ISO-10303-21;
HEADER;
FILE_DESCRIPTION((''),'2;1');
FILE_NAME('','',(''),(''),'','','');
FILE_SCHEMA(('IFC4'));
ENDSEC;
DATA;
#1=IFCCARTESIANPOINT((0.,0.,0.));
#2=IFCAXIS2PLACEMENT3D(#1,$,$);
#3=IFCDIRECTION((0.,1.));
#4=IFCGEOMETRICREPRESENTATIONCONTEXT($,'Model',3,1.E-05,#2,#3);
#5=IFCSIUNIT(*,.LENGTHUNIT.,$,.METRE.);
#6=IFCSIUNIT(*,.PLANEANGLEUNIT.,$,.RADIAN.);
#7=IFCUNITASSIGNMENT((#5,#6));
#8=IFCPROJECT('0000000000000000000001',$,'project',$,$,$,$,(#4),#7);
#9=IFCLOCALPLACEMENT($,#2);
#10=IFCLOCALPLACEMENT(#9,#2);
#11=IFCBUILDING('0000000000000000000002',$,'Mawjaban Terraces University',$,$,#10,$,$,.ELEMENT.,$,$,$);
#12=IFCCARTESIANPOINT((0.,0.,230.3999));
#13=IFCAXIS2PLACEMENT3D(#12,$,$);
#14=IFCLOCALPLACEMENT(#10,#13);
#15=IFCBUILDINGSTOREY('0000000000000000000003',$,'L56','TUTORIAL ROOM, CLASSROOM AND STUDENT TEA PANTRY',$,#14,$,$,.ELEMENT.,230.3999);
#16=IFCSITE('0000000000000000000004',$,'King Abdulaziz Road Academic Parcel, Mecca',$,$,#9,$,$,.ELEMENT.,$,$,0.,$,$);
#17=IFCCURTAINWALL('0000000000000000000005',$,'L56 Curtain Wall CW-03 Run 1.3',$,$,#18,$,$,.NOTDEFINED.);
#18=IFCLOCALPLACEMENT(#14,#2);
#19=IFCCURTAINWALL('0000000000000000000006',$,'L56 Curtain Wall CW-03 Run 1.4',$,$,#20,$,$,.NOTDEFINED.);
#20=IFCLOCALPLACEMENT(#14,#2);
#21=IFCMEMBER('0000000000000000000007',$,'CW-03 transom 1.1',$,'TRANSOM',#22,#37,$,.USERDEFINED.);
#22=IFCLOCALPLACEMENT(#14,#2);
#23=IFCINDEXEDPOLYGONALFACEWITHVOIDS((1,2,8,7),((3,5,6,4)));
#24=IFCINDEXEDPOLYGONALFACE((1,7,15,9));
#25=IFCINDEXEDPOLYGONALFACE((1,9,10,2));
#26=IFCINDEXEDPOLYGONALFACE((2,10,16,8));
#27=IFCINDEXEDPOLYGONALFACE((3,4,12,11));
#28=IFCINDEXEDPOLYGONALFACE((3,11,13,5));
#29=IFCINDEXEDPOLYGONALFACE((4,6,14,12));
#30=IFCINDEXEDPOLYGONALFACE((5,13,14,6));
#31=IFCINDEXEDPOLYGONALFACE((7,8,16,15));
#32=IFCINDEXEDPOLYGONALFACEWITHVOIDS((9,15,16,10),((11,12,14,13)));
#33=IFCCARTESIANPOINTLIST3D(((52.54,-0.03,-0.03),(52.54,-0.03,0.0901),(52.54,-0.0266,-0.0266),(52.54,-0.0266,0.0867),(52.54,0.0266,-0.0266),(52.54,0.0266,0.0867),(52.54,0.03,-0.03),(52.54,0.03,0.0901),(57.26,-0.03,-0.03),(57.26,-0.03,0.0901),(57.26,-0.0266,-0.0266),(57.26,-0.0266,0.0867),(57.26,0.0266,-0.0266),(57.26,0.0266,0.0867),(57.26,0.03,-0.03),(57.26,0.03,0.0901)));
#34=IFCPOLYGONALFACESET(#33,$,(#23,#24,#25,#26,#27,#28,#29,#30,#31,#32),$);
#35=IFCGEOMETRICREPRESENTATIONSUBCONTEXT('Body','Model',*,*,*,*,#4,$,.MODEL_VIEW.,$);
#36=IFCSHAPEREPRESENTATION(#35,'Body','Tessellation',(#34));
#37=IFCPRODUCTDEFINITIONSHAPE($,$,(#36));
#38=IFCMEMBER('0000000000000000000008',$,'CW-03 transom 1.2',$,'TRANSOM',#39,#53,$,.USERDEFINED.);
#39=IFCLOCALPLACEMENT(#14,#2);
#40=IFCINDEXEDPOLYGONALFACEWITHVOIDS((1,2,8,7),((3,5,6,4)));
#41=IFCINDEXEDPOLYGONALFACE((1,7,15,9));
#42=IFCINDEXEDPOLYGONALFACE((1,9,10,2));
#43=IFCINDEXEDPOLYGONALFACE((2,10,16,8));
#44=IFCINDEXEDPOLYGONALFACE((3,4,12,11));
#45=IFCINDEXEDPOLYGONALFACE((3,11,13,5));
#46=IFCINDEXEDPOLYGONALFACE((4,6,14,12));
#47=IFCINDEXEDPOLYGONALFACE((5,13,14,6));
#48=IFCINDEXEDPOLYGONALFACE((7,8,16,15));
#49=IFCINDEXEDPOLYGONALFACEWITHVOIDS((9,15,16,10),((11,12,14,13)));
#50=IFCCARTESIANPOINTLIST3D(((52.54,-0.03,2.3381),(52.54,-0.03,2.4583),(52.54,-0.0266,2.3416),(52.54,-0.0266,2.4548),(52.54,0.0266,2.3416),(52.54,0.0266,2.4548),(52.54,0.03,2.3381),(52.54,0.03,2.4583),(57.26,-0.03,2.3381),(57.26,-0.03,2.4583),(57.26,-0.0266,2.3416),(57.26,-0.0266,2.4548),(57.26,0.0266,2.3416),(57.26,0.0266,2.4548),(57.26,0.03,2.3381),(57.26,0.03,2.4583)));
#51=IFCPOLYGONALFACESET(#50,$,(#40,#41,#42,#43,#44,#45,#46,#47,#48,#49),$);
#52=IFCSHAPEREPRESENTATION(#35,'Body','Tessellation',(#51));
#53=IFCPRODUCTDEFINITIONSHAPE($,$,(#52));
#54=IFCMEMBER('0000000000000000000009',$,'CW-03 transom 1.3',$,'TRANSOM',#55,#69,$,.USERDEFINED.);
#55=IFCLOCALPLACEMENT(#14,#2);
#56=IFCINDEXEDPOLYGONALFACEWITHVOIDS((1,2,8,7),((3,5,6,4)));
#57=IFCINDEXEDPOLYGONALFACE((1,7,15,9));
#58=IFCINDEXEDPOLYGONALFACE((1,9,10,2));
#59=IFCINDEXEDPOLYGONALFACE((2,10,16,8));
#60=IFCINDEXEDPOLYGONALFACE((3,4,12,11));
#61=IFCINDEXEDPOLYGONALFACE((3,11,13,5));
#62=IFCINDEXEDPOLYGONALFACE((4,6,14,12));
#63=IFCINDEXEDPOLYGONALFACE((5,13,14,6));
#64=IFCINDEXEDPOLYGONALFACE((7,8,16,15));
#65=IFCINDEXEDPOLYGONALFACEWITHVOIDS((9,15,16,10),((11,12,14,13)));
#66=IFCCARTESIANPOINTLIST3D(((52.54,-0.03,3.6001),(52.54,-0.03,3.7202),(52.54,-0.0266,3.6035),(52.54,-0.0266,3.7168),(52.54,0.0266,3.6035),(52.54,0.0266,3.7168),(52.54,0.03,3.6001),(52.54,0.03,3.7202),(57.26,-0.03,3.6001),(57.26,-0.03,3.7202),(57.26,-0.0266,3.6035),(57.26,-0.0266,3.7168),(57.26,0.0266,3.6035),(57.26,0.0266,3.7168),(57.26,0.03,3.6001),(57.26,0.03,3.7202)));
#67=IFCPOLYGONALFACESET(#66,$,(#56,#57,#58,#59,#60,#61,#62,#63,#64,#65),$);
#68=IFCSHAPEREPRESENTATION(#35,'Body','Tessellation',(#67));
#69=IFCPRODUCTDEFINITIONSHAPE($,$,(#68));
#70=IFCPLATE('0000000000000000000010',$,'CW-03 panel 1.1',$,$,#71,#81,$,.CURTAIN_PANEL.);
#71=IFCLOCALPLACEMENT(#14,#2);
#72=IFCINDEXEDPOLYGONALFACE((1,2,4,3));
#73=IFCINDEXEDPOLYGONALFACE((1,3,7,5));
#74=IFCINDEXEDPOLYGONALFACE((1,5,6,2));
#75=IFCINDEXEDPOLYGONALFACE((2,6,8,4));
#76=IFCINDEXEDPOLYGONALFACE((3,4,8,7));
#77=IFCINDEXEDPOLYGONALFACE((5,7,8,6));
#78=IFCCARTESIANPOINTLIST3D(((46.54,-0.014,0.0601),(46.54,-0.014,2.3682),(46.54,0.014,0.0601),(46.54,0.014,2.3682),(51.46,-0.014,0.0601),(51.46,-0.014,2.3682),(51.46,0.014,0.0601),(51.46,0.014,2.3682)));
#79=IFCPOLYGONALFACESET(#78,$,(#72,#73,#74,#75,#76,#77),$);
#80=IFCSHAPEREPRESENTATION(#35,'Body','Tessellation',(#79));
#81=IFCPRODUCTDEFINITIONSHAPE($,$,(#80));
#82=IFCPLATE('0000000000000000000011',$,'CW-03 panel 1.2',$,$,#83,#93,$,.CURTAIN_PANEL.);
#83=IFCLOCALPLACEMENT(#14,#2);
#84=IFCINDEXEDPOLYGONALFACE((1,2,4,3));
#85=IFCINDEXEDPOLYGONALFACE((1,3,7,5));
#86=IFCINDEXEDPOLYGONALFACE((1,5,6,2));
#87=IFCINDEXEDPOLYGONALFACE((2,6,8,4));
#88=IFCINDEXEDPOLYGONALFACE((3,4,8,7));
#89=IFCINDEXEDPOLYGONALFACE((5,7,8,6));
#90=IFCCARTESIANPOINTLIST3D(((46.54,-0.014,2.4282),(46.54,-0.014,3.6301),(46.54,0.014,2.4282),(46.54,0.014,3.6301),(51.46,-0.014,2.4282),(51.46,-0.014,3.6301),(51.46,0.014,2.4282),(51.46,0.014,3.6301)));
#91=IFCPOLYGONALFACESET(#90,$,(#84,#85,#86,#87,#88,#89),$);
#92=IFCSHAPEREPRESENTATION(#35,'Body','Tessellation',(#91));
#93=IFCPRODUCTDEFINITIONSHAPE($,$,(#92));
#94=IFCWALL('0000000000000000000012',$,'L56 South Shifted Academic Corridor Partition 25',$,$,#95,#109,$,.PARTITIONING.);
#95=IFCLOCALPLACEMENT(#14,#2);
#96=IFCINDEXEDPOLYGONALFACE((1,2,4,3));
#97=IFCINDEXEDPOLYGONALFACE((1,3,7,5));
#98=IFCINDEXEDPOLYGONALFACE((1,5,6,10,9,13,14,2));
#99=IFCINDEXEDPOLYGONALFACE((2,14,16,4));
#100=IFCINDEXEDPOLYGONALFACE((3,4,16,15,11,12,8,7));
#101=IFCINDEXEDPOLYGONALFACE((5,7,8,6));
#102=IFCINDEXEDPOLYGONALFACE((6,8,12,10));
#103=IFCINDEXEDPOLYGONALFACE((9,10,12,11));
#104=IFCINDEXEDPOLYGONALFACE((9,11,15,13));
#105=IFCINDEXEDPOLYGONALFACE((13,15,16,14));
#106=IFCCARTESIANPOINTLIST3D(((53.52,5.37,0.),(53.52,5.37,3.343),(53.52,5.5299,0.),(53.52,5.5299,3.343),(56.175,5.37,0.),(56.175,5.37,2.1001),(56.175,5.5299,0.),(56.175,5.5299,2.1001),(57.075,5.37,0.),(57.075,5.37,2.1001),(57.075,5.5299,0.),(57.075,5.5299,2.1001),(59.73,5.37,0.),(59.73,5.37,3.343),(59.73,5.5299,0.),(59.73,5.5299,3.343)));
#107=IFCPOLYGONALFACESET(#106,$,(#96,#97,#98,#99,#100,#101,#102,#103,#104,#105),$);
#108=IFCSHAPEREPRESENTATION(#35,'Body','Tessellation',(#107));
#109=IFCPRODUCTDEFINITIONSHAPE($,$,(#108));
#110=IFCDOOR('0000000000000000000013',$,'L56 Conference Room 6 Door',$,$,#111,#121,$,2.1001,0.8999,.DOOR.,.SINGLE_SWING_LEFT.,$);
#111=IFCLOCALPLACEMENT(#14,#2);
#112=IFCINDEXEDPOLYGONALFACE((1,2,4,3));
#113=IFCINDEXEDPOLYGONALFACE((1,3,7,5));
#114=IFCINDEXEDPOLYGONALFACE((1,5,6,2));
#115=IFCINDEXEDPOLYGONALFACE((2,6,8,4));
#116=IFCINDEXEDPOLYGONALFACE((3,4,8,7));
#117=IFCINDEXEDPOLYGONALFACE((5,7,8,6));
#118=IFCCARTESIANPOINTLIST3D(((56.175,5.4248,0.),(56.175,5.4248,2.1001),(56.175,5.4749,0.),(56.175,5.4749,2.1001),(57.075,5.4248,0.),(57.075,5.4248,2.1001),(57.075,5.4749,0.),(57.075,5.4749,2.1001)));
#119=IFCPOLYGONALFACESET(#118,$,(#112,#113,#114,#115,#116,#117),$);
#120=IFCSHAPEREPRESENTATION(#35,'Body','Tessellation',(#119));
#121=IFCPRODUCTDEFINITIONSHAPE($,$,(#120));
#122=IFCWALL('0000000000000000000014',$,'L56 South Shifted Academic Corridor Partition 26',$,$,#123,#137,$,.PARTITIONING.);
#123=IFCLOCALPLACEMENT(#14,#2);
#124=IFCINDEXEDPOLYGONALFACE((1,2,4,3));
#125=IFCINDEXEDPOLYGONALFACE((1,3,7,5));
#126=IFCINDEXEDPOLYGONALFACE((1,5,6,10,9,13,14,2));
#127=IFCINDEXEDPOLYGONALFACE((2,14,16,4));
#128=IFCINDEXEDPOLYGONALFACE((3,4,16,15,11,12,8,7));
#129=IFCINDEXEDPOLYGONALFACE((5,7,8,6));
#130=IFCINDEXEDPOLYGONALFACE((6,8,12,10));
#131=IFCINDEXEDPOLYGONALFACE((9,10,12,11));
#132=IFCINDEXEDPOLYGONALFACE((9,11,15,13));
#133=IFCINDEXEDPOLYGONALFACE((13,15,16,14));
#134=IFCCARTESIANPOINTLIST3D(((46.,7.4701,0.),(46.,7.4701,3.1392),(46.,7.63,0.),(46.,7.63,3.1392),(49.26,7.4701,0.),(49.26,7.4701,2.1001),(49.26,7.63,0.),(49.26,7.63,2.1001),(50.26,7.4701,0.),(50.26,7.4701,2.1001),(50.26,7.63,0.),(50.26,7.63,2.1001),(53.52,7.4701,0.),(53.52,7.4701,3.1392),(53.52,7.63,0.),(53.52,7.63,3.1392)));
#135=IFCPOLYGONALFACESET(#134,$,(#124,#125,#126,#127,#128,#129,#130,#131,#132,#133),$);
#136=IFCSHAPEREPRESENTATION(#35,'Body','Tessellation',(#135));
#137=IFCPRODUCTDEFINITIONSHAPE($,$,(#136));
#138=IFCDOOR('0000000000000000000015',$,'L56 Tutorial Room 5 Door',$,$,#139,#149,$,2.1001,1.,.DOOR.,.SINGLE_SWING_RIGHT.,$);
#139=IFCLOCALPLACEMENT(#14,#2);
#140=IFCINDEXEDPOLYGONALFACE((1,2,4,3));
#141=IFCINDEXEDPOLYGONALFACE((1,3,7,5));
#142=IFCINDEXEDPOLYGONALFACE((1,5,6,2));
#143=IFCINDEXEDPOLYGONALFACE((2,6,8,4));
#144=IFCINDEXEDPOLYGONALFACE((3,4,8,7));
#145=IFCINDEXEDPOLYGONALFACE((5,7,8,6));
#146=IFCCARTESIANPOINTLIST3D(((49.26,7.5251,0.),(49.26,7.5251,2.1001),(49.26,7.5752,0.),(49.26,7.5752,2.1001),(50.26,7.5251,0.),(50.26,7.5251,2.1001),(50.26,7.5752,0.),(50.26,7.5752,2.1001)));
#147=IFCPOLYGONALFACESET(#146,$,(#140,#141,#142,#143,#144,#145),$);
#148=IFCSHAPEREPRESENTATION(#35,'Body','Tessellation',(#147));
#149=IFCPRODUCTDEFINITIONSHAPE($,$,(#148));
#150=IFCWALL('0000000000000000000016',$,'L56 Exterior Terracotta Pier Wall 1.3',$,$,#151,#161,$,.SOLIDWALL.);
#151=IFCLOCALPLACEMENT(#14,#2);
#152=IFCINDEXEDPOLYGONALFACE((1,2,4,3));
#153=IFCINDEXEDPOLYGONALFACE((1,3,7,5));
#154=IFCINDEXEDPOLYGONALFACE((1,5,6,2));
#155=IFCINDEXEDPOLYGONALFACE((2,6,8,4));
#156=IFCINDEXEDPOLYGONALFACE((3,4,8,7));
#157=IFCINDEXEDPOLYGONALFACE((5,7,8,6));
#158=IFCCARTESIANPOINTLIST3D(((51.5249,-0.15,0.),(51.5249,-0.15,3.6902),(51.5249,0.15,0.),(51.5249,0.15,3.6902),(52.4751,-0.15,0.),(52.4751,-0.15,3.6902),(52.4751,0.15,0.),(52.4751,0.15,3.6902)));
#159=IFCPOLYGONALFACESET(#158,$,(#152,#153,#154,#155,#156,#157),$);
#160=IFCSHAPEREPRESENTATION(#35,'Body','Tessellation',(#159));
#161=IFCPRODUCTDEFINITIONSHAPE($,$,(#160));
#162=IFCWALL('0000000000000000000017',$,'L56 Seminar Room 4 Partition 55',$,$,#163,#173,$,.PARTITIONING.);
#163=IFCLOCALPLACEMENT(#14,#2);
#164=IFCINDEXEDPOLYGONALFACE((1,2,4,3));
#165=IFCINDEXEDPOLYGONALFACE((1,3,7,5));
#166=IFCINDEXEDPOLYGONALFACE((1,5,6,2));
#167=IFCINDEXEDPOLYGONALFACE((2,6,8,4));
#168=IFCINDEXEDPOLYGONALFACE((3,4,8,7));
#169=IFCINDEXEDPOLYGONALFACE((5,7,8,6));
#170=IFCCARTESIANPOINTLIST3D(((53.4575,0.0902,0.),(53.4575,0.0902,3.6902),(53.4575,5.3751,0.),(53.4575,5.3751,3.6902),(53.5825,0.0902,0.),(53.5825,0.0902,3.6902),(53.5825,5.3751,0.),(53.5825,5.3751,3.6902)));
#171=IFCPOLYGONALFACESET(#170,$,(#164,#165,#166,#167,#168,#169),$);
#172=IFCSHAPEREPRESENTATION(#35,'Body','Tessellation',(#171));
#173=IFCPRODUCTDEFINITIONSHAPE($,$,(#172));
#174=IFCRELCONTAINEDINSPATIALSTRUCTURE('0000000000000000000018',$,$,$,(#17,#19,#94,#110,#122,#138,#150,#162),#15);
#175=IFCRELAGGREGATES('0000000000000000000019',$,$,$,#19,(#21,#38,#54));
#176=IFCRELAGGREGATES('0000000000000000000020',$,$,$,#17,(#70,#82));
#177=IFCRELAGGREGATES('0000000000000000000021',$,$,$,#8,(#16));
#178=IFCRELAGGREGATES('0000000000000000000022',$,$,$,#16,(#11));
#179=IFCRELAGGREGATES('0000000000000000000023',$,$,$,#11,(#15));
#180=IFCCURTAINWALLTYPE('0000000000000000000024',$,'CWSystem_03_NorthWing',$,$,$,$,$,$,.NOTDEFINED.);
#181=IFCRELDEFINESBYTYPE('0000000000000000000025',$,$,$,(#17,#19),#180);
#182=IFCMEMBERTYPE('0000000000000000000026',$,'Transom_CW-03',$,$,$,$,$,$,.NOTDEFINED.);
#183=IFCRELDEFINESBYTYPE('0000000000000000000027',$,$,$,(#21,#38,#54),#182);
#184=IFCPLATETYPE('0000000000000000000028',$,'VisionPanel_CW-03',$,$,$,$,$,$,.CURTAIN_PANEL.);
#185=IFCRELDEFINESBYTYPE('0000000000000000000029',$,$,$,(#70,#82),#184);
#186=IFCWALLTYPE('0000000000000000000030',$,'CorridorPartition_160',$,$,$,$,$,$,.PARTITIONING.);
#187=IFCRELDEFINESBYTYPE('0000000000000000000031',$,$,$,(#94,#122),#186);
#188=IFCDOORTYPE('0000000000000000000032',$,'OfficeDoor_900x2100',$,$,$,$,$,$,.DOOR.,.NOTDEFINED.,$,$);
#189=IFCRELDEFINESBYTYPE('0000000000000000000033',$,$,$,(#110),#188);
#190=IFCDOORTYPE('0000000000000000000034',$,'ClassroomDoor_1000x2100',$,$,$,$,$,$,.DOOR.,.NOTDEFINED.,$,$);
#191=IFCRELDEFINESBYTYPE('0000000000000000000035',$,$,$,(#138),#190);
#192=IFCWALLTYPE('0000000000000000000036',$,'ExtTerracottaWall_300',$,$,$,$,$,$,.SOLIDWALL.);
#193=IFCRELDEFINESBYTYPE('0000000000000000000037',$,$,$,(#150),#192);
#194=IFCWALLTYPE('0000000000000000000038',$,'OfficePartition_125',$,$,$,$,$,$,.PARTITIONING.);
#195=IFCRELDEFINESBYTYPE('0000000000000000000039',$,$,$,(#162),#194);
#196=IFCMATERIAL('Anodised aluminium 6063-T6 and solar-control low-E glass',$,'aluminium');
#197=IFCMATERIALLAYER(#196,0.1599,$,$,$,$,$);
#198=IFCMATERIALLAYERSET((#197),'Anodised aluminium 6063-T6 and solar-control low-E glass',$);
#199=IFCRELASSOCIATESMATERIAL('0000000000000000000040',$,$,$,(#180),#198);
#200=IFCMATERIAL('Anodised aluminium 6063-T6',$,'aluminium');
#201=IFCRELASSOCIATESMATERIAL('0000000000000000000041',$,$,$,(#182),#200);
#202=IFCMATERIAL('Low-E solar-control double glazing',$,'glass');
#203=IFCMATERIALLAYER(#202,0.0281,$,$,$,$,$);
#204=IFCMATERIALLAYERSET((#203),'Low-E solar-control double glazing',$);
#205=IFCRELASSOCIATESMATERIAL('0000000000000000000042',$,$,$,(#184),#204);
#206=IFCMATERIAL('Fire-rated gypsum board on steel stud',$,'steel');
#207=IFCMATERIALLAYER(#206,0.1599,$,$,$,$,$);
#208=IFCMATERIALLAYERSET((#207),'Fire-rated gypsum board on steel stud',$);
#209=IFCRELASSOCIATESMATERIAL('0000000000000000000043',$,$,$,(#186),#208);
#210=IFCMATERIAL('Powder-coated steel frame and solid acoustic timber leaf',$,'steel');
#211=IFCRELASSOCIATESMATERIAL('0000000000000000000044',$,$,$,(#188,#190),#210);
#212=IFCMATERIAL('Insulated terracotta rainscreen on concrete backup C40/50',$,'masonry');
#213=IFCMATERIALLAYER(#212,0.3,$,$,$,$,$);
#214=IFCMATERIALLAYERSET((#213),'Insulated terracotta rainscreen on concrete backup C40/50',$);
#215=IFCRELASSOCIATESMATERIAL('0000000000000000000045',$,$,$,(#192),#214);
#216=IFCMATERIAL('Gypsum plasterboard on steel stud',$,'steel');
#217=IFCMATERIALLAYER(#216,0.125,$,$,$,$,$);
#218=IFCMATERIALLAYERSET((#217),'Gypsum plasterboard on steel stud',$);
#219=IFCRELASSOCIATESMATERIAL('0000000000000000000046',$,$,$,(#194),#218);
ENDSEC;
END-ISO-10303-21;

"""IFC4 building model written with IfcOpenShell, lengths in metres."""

from ifc_helpers import new_model, si_unit, direction, frame, frame_2d, origin, origin_2d, place, context, subcontext, project, spatial, rectangle, hollow_rectangle, extrude, material, layer, layer_set, material_profile, profile_set, type_object, element, fill, aggregate, save


model = new_model("IFC4")

# Units and contexts
model_context = context("Model", 3, precision=1e-05, world=origin(), true_north=direction((0.0, 1.0)))
body_context = subcontext(model_context, "Body", "Model", "MODEL_VIEW")
ifc_project = project(units=[si_unit("LENGTHUNIT", "METRE"), si_unit("PLANEANGLEUNIT", "RADIAN")], contexts=[model_context])

# Site, building, storey
site_placement = place(None, origin())
site = spatial("IfcSite", under=ifc_project, at=site_placement, Name="King Abdulaziz Road Academic Parcel, Mecca", CompositionType="ELEMENT", RefElevation=0.0)
building_placement = place(site_placement, origin())
building = spatial("IfcBuilding", under=site, at=building_placement, Name="Mawjaban Terraces University", CompositionType="ELEMENT")
storey_placement = place(building_placement, frame((0.0, 0.0, 230.3999)))
storey = spatial("IfcBuildingStorey", under=building, at=storey_placement, Name="L56", Description="TUTORIAL ROOM, CLASSROOM AND STUDENT TEA PANTRY", CompositionType="ELEMENT", Elevation=230.3999)

# Curtain walls
ifc_material_1 = material(Name="Anodised aluminium 6063-T6 and solar-control low-E glass", Category="aluminium")
ifc_layer_1 = layer(ifc_material_1, 0.1599)
ifc_layer_set_1 = layer_set([ifc_layer_1], Name="Anodised aluminium 6063-T6 and solar-control low-E glass")
curtain_wall_type = type_object("IfcCurtainWallType", Name="CWSystem_03_NorthWing", PredefinedType="NOTDEFINED", material=ifc_layer_set_1)
curtain_wall_1_placement = place(storey_placement, origin())
curtain_wall_1 = element("IfcCurtainWall", 1, at=curtain_wall_1_placement, inside=storey, type_object=curtain_wall_type, Name="L56 Curtain Wall CW-03 Run 1.3", PredefinedType="NOTDEFINED")
ifc_material_2 = material(Name="Anodised aluminium 6063-T6", Category="aluminium")
curtain_wall_2_placement = place(storey_placement, origin())
curtain_wall_2 = element("IfcCurtainWall", 2, at=curtain_wall_2_placement, inside=storey, type_object=curtain_wall_type, Name="L56 Curtain Wall CW-03 Run 1.4", PredefinedType="NOTDEFINED")

# Members
ifc_material_profile_1 = material_profile(ifc_material_2, hollow_rectangle(XDim=0.0601, YDim=0.1201, WallThickness=0.0034, at=origin_2d()), Name="ALU120X60X3.5")
ifc_profile_set_1 = profile_set([ifc_material_profile_1], Name="Anodised aluminium 6063-T6")
member_type_1 = type_object("IfcMemberType", Name="Transom_CW-03", PredefinedType="NOTDEFINED", material=ifc_profile_set_1)
member_1_placement = place(storey_placement, frame((52.54, 0.0, 0.03), z_axis=(1.0, 0.0, 0.0), x_axis=(0.0, 1.0, 0.0)))
member_1 = element("IfcMember", 3, at=member_1_placement, type_object=member_type_1, Name="CW-03 transom 1.1", ObjectType="TRANSOM", PredefinedType="USERDEFINED", context=body_context, shape_type="SweptSolid", body=[
    extrude(hollow_rectangle(XDim=0.0601, YDim=0.1201, WallThickness=0.0034, at=origin_2d()), origin(), (0.0, 0.0, 1.0), 4.72),
])
member_2_placement = place(storey_placement, frame((52.54, 0.0, 2.3982), z_axis=(1.0, 0.0, 0.0), x_axis=(0.0, 1.0, 0.0)))
member_2 = element("IfcMember", 4, at=member_2_placement, type_object=member_type_1, Name="CW-03 transom 1.2", ObjectType="TRANSOM", PredefinedType="USERDEFINED", context=body_context, shape_type="SweptSolid", body=[
    extrude(hollow_rectangle(XDim=0.0601, YDim=0.1201, WallThickness=0.0034, at=origin_2d()), origin(), (0.0, 0.0, 1.0), 4.72),
])
member_3_placement = place(storey_placement, frame((52.54, 0.0, 3.6602), z_axis=(1.0, 0.0, 0.0), x_axis=(0.0, 1.0, 0.0)))
member_3 = element("IfcMember", 5, at=member_3_placement, type_object=member_type_1, Name="CW-03 transom 1.3", ObjectType="TRANSOM", PredefinedType="USERDEFINED", context=body_context, shape_type="SweptSolid", body=[
    extrude(hollow_rectangle(XDim=0.0601, YDim=0.1201, WallThickness=0.0034, at=origin_2d()), origin(), (0.0, 0.0, 1.0), 4.72),
])
aggregate(curtain_wall_2, [member_1, member_2, member_3])

# Plates
ifc_material_3 = material(Name="Low-E solar-control double glazing", Category="glass")
ifc_layer_2 = layer(ifc_material_3, 0.0281)
ifc_layer_set_2 = layer_set([ifc_layer_2], Name="Low-E solar-control double glazing")
plate_type = type_object("IfcPlateType", Name="VisionPanel_CW-03", PredefinedType="CURTAIN_PANEL", material=ifc_layer_set_2)
plate_1_placement = place(storey_placement, frame((49.0, 0.0, 0.0601), z_axis=(0.0, 0.0, 1.0), x_axis=(1.0, 0.0, 0.0)))
plate_1 = element("IfcPlate", 6, at=plate_1_placement, type_object=plate_type, Name="CW-03 panel 1.1", PredefinedType="CURTAIN_PANEL", context=body_context, shape_type="SweptSolid", body=[
    extrude(rectangle(XDim=4.9199, YDim=0.0281, at=origin_2d()), origin(), (0.0, 0.0, 1.0), 2.3081),
])
plate_2_placement = place(storey_placement, frame((49.0, 0.0, 2.4282), z_axis=(0.0, 0.0, 1.0), x_axis=(1.0, 0.0, 0.0)))
plate_2 = element("IfcPlate", 7, at=plate_2_placement, type_object=plate_type, Name="CW-03 panel 1.2", PredefinedType="CURTAIN_PANEL", context=body_context, shape_type="SweptSolid", body=[
    extrude(rectangle(XDim=4.9199, YDim=0.0281, at=origin_2d()), origin(), (0.0, 0.0, 1.0), 1.2019),
])
aggregate(curtain_wall_1, [plate_1, plate_2])

# Walls, openings, doors
ifc_material_4 = material(Name="Fire-rated gypsum board on steel stud", Category="steel")
ifc_layer_3 = layer(ifc_material_4, 0.1599)
ifc_layer_set_3 = layer_set([ifc_layer_3], Name="Fire-rated gypsum board on steel stud")
wall_type_1 = type_object("IfcWallType", Name="CorridorPartition_160", PredefinedType="PARTITIONING", material=ifc_layer_set_3)
wall_1_placement = place(storey_placement, frame((53.52, 5.45, 0.0), z_axis=(0.0, 0.0, 1.0), x_axis=(1.0, 0.0, 0.0)))
wall_1 = element("IfcWall", 8, at=wall_1_placement, inside=storey, type_object=wall_type_1, Name="L56 South Shifted Academic Corridor Partition 25", PredefinedType="PARTITIONING", context=body_context, shape_type="SweptSolid", body=[
    extrude(rectangle(XDim=6.21, YDim=0.1599, at=frame_2d((3.105, 0.0))), origin(), (0.0, 0.0, 1.0), 3.343),
])
opening_1_placement = place(wall_1_placement, frame((2.655, 0.0, 0.0)))
opening_1 = element("IfcOpeningElement", 9, at=opening_1_placement, cuts=wall_1, PredefinedType="OPENING", context=body_context, shape_type="SweptSolid", body=[
    extrude(rectangle(XDim=0.8999, YDim=2.1001, at=frame_2d((0.45, 1.05))), frame((0.0, 0.0898, 0.0), z_axis=(0.0, -1.0, 0.0), x_axis=(1.0, 0.0, 0.0)), (0.0, 0.0, 1.0), 0.1799),
])
ifc_material_5 = material(Name="Powder-coated steel frame and solid acoustic timber leaf", Category="steel")
door_type_1 = type_object("IfcDoorType", Name="OfficeDoor_900x2100", OperationType="NOTDEFINED", PredefinedType="DOOR", material=ifc_material_5)
door_1_placement = place(opening_1_placement, origin())
door_1 = element("IfcDoor", 10, at=door_1_placement, inside=storey, type_object=door_type_1, Name="L56 Conference Room 6 Door", OperationType="SINGLE_SWING_LEFT", OverallHeight=2.1001, OverallWidth=0.8999, PredefinedType="DOOR", context=body_context, shape_type="SweptSolid", body=[
    extrude(rectangle(XDim=0.8999, YDim=2.1001, at=frame_2d((0.45, 1.05))), frame((0.0, 0.0249, 0.0), z_axis=(0.0, -1.0, 0.0), x_axis=(1.0, 0.0, 0.0)), (0.0, 0.0, 1.0), 0.05),
])
fill(opening_1, door_1)
wall_2_placement = place(storey_placement, frame((53.52, 7.55, 0.0), z_axis=(0.0, 0.0, 1.0), x_axis=(-1.0, 0.0, 0.0)))
wall_2 = element("IfcWall", 11, at=wall_2_placement, inside=storey, type_object=wall_type_1, Name="L56 South Shifted Academic Corridor Partition 26", PredefinedType="PARTITIONING", context=body_context, shape_type="SweptSolid", body=[
    extrude(rectangle(XDim=7.52, YDim=0.1599, at=frame_2d((3.76, 0.0))), origin(), (0.0, 0.0, 1.0), 3.1392),
])
opening_2_placement = place(wall_2_placement, frame((3.26, 0.0, 0.0)))
opening_2 = element("IfcOpeningElement", 12, at=opening_2_placement, cuts=wall_2, PredefinedType="OPENING", context=body_context, shape_type="SweptSolid", body=[
    extrude(rectangle(XDim=1.0, YDim=2.1001, at=frame_2d((0.5, 1.05))), frame((0.0, 0.0898, 0.0), z_axis=(0.0, -1.0, 0.0), x_axis=(1.0, 0.0, 0.0)), (0.0, 0.0, 1.0), 0.1799),
])
door_type_2 = type_object("IfcDoorType", Name="ClassroomDoor_1000x2100", OperationType="NOTDEFINED", PredefinedType="DOOR", material=ifc_material_5)
door_2_placement = place(opening_2_placement, origin())
door_2 = element("IfcDoor", 13, at=door_2_placement, inside=storey, type_object=door_type_2, Name="L56 Tutorial Room 5 Door", OperationType="SINGLE_SWING_RIGHT", OverallHeight=2.1001, OverallWidth=1.0, PredefinedType="DOOR", context=body_context, shape_type="SweptSolid", body=[
    extrude(rectangle(XDim=1.0, YDim=2.1001, at=frame_2d((0.5, 1.05))), frame((0.0, 0.0249, 0.0), z_axis=(0.0, -1.0, 0.0), x_axis=(1.0, 0.0, 0.0)), (0.0, 0.0, 1.0), 0.05),
])
fill(opening_2, door_2)

# Walls
ifc_material_6 = material(Name="Insulated terracotta rainscreen on concrete backup C40/50", Category="masonry")
ifc_layer_4 = layer(ifc_material_6, 0.3)
ifc_layer_set_4 = layer_set([ifc_layer_4], Name="Insulated terracotta rainscreen on concrete backup C40/50")
wall_type_2 = type_object("IfcWallType", Name="ExtTerracottaWall_300", PredefinedType="SOLIDWALL", material=ifc_layer_set_4)
wall_3_placement = place(storey_placement, frame((51.5249, 0.0, 0.0), z_axis=(0.0, 0.0, 1.0), x_axis=(1.0, 0.0, 0.0)))
element("IfcWall", 14, at=wall_3_placement, inside=storey, type_object=wall_type_2, Name="L56 Exterior Terracotta Pier Wall 1.3", PredefinedType="SOLIDWALL", context=body_context, shape_type="SweptSolid", body=[
    extrude(rectangle(XDim=0.9502, YDim=0.3, at=frame_2d((0.4751, 0.0))), origin(), (0.0, 0.0, 1.0), 3.6902),
])
ifc_material_7 = material(Name="Gypsum plasterboard on steel stud", Category="steel")
ifc_layer_5 = layer(ifc_material_7, 0.125)
ifc_layer_set_5 = layer_set([ifc_layer_5], Name="Gypsum plasterboard on steel stud")
wall_type_3 = type_object("IfcWallType", Name="OfficePartition_125", PredefinedType="PARTITIONING", material=ifc_layer_set_5)
wall_4_placement = place(storey_placement, frame((53.52, 0.0901, 0.0), z_axis=(0.0, 0.0, 1.0), x_axis=(0.0, 1.0, 0.0)))
element("IfcWall", 15, at=wall_4_placement, inside=storey, type_object=wall_type_3, Name="L56 Seminar Room 4 Partition 55", PredefinedType="PARTITIONING", context=body_context, shape_type="SweptSolid", body=[
    extrude(rectangle(XDim=5.2849, YDim=0.125, at=frame_2d((2.6426, 0.0))), origin(), (0.0, 0.0, 1.0), 3.6902),
])

save(model, "model.ifc")
